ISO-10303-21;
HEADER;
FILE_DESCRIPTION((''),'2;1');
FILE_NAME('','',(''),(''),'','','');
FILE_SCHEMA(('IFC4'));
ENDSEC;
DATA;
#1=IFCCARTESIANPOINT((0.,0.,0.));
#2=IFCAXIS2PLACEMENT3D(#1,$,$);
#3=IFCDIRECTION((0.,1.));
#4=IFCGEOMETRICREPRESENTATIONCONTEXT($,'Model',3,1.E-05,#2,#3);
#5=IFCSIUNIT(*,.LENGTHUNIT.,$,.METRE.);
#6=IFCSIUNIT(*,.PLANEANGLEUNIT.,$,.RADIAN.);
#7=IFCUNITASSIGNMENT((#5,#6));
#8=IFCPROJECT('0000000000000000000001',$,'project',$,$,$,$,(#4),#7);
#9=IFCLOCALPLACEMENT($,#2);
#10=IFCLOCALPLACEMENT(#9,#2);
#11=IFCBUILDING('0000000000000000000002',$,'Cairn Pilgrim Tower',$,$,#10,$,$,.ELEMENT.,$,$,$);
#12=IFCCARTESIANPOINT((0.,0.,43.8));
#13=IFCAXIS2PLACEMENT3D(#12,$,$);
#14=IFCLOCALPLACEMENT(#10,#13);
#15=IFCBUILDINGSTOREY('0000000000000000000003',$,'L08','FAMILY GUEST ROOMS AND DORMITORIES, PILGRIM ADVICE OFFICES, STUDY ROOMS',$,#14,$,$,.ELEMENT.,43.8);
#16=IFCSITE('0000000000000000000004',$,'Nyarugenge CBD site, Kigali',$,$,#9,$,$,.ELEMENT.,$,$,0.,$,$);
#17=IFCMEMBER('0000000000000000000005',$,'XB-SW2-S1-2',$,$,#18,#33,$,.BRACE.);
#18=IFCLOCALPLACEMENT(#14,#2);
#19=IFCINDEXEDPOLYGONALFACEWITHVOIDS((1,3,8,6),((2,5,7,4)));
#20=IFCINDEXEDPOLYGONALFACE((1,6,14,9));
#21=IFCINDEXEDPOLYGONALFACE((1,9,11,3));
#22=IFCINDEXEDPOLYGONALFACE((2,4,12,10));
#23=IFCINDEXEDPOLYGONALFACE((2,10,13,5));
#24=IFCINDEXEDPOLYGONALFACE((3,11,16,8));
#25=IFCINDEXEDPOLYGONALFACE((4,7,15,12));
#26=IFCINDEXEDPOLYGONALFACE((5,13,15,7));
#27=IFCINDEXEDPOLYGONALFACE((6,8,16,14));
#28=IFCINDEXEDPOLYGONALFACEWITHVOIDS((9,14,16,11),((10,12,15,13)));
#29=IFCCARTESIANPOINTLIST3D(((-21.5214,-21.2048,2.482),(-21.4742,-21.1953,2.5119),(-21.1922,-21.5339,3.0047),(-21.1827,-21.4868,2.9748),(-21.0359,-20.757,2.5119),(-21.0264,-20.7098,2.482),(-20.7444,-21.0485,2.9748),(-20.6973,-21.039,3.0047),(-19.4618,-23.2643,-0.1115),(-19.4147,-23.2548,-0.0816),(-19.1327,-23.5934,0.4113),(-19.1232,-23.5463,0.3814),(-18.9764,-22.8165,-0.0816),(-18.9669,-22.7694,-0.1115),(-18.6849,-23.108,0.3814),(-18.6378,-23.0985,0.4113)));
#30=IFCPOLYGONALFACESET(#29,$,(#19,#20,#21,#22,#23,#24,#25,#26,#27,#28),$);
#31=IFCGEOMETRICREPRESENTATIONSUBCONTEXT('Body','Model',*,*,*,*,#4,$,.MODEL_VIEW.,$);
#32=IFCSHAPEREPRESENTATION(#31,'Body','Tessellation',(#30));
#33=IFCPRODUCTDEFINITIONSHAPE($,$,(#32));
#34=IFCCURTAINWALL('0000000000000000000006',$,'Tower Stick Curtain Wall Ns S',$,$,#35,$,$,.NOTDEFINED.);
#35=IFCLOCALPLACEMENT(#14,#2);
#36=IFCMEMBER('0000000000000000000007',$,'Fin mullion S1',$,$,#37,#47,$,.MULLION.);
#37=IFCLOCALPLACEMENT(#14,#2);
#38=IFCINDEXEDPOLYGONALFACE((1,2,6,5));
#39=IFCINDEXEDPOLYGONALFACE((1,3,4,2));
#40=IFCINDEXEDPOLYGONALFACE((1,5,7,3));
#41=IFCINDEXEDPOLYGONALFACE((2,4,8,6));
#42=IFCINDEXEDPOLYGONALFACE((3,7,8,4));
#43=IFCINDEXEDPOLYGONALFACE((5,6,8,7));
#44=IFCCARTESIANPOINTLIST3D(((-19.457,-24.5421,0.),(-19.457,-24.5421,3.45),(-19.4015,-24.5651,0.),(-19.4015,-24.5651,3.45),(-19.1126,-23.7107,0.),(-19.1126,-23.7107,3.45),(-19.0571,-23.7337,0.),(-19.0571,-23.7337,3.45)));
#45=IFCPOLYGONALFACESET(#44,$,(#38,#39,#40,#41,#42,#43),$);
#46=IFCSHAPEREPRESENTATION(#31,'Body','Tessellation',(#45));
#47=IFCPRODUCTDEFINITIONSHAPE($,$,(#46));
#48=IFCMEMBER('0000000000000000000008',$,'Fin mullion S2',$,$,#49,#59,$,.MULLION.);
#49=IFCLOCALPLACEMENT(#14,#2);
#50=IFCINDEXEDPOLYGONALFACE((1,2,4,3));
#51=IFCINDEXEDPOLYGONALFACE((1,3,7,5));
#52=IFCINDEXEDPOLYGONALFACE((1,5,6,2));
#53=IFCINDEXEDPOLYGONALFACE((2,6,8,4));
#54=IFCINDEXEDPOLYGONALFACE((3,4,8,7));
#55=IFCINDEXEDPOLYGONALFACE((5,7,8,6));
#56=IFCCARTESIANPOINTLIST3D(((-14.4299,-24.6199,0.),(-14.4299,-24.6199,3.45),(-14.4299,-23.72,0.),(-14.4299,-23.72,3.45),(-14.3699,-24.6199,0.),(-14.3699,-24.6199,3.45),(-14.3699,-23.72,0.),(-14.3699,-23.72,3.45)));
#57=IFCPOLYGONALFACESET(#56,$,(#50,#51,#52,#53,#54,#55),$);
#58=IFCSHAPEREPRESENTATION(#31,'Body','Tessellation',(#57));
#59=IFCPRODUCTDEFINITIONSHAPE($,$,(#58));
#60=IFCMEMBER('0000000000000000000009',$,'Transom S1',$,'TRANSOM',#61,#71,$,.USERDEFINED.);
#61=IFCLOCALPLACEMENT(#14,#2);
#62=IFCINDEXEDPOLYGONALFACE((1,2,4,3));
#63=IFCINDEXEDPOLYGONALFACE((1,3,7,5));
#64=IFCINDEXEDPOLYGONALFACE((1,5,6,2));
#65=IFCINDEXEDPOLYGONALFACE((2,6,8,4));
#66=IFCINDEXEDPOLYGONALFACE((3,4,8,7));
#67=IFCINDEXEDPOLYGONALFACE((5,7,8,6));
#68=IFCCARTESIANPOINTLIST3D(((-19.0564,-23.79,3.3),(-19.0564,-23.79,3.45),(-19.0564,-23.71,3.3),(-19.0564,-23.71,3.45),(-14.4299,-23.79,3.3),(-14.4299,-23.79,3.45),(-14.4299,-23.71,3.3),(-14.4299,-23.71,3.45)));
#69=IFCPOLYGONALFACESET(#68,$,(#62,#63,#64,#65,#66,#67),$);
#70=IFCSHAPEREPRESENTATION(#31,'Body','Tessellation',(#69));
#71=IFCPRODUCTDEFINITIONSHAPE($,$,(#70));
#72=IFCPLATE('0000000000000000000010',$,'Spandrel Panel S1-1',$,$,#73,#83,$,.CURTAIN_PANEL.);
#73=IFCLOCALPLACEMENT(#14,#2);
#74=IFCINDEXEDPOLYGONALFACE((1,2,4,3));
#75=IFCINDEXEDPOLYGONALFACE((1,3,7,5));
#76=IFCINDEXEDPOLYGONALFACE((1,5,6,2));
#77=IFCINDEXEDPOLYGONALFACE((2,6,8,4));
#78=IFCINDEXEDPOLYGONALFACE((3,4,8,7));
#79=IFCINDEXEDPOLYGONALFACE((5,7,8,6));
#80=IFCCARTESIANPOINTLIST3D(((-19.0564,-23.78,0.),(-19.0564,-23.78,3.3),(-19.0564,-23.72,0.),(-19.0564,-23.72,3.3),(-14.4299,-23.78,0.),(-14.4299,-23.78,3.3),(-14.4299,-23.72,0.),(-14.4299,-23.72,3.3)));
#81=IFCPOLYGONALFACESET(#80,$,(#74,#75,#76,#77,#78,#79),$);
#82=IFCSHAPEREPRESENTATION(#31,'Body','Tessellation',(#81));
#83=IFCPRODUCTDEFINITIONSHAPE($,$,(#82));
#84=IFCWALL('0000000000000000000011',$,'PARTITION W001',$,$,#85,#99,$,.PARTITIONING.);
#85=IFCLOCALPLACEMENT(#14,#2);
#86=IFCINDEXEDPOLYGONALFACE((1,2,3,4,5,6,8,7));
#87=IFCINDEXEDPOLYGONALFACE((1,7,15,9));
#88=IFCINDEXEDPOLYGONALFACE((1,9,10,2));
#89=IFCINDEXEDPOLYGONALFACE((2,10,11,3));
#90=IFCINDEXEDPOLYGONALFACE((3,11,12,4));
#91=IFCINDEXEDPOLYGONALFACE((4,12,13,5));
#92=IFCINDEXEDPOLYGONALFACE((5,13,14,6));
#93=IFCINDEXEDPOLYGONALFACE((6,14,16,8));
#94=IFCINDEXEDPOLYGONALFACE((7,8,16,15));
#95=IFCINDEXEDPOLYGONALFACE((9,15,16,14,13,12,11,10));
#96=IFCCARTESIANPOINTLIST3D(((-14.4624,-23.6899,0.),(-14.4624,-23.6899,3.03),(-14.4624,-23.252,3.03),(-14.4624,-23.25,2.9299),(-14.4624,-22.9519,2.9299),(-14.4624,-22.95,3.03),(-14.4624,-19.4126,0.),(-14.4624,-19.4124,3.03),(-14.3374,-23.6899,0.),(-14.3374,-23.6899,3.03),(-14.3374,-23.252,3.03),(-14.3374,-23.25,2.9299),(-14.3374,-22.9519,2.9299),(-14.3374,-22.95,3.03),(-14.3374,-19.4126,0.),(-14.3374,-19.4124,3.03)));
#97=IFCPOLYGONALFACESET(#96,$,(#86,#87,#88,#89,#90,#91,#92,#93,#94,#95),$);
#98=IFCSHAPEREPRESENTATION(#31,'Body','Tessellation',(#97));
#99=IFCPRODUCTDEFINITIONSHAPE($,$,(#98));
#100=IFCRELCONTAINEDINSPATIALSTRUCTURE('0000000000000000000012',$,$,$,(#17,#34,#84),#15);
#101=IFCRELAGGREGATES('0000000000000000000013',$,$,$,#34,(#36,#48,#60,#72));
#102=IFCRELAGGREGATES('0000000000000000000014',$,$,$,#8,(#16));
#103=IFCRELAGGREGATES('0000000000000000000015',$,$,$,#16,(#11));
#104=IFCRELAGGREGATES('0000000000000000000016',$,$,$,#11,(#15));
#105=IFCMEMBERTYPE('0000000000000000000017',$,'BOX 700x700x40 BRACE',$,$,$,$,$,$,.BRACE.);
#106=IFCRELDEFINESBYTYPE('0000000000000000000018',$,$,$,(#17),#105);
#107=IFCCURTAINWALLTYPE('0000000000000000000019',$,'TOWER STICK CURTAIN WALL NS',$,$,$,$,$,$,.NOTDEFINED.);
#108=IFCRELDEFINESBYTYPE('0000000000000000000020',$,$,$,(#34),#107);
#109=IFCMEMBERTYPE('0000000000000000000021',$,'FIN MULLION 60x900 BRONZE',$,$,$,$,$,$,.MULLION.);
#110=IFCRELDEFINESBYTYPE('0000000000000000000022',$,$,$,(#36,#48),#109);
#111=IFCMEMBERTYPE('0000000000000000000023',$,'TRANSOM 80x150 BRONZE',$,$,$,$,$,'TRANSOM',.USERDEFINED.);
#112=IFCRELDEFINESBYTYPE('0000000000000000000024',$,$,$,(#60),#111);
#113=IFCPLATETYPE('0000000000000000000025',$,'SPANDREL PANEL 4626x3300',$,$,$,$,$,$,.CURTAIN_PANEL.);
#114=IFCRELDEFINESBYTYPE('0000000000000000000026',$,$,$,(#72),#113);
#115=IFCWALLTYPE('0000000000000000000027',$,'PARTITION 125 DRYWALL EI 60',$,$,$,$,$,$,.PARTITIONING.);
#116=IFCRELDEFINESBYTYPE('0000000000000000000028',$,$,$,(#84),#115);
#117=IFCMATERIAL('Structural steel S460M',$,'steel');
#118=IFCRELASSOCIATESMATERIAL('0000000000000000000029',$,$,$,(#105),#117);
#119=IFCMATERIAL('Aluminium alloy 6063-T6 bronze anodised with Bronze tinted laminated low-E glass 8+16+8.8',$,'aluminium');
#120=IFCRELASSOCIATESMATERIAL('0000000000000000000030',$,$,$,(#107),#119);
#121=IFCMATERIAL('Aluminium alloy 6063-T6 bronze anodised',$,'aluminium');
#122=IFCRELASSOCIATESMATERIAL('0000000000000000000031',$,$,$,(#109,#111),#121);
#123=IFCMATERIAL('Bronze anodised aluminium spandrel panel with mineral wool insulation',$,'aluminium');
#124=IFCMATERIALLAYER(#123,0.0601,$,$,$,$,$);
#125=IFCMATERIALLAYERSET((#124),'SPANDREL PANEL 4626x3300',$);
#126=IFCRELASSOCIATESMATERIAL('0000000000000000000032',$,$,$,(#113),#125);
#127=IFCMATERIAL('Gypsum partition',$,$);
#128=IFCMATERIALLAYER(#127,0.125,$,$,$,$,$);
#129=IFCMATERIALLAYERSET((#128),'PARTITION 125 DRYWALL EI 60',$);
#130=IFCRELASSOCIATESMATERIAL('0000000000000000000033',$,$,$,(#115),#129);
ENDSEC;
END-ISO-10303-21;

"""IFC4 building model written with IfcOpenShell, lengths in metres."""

from ifc_helpers import new_model, si_unit, direction, frame, origin, origin_2d, place, context, subcontext, project, spatial, polyline, rectangle, hollow_rectangle, outline, extrude, material, layer, layer_set, material_profile, profile_set, type_object, element, aggregate, save


model = new_model("IFC4")

# Units and contexts
model_context = context("Model", 3, precision=1e-05, world=origin(), true_north=direction((0.0, 1.0)))
body_context = subcontext(model_context, "Body", "Model", "MODEL_VIEW")
ifc_project = project(units=[si_unit("LENGTHUNIT", "METRE"), si_unit("PLANEANGLEUNIT", "RADIAN")], contexts=[model_context])

# Site, building, storey
site_placement = place(None, origin())
site = spatial("IfcSite", under=ifc_project, at=site_placement, Name="Nyarugenge CBD site, Kigali", CompositionType="ELEMENT", RefElevation=0.0)
building_placement = place(site_placement, origin())
building = spatial("IfcBuilding", under=site, at=building_placement, Name="Cairn Pilgrim Tower", CompositionType="ELEMENT")
storey_placement = place(building_placement, frame((0.0, 0.0, 43.8)))
storey = spatial("IfcBuildingStorey", under=building, at=storey_placement, Name="L08", Description="FAMILY GUEST ROOMS AND DORMITORIES, PILGRIM ADVICE OFFICES, STUDY ROOMS", CompositionType="ELEMENT", Elevation=43.8)

# Member
ifc_material_1 = material(Name="Structural steel S460M", Category="steel")
ifc_material_profile_1 = material_profile(ifc_material_1, hollow_rectangle(XDim=0.7, YDim=0.7, WallThickness=0.04, at=origin_2d()), Name="BOX 700x700x40")
ifc_profile_set_1 = profile_set([ifc_material_profile_1], Name="Structural steel S460M")
member_type_1 = type_object("IfcMemberType", Name="BOX 700x700x40 BRACE", PredefinedType="BRACE", material=ifc_profile_set_1)
member_1_placement = place(storey_placement, frame((-19.0498, -23.1814, 0.1499), z_axis=(-0.528096, 0.528096, 0.665003), x_axis=(-0.707107, -0.707107, 0.0)))
element("IfcMember", 1, at=member_1_placement, inside=storey, type_object=member_type_1, Name="XB-SW2-S1-2", PredefinedType="BRACE", context=body_context, shape_type="SweptSolid", body=[
    extrude(hollow_rectangle(XDim=0.7, YDim=0.7, WallThickness=0.04, at=origin_2d()), origin(), (0.0, 0.0, 1.0), 3.8999),
])

# Curtain wall, members, plate
ifc_material_2 = material(Name="Aluminium alloy 6063-T6 bronze anodised with Bronze tinted laminated low-E glass 8+16+8.8", Category="aluminium")
curtain_wall_type = type_object("IfcCurtainWallType", Name="TOWER STICK CURTAIN WALL NS", PredefinedType="NOTDEFINED", material=ifc_material_2)
curtain_wall_placement = place(storey_placement, origin())
curtain_wall = element("IfcCurtainWall", 2, at=curtain_wall_placement, inside=storey, type_object=curtain_wall_type, Name="Tower Stick Curtain Wall Ns S", PredefinedType="NOTDEFINED")
ifc_material_3 = material(Name="Aluminium alloy 6063-T6 bronze anodised", Category="aluminium")
ifc_material_profile_2 = material_profile(ifc_material_3, rectangle(XDim=0.8999, YDim=0.0601, at=origin_2d()), Name="FIN MULLION 60x900 BRONZE")
ifc_profile_set_2 = profile_set([ifc_material_profile_2], Name="Aluminium alloy 6063-T6 bronze anodised")
member_type_2 = type_object("IfcMemberType", Name="FIN MULLION 60x900 BRONZE", PredefinedType="MULLION", material=ifc_profile_set_2)
member_2_placement = place(storey_placement, frame((-19.2571, -24.1379, 0.0), z_axis=(0.0, 0.0, 1.0), x_axis=(-0.382683, -0.92388, 0.0)))
member_2 = element("IfcMember", 3, at=member_2_placement, type_object=member_type_2, Name="Fin mullion S1", PredefinedType="MULLION", context=body_context, shape_type="SweptSolid", body=[
    extrude(rectangle(XDim=0.8999, YDim=0.0601, at=origin_2d()), origin(), (0.0, 0.0, 1.0), 3.45),
])
member_3_placement = place(storey_placement, frame((-14.3999, -24.1699, 0.0), z_axis=(0.0, 0.0, 1.0), x_axis=(0.0, -1.0, 0.0)))
member_3 = element("IfcMember", 4, at=member_3_placement, type_object=member_type_2, Name="Fin mullion S2", PredefinedType="MULLION", context=body_context, shape_type="SweptSolid", body=[
    extrude(rectangle(XDim=0.8999, YDim=0.0601, at=origin_2d()), origin(), (0.0, 0.0, 1.0), 3.45),
])
ifc_material_profile_3 = material_profile(ifc_material_3, rectangle(XDim=0.0801, YDim=0.1499, at=origin_2d()), Name="TRANSOM 80x150 BRONZE")
ifc_profile_set_3 = profile_set([ifc_material_profile_3], Name="Aluminium alloy 6063-T6 bronze anodised")
member_type_3 = type_object("IfcMemberType", Name="TRANSOM 80x150 BRONZE", ElementType="TRANSOM", PredefinedType="USERDEFINED", material=ifc_profile_set_3)
member_4_placement = place(storey_placement, frame((-19.0564, -23.75, 3.375), z_axis=(1.0, 0.0, 0.0), x_axis=(0.0, 1.0, 0.0)))
member_4 = element("IfcMember", 5, at=member_4_placement, type_object=member_type_3, Name="Transom S1", ObjectType="TRANSOM", PredefinedType="USERDEFINED", context=body_context, shape_type="SweptSolid", body=[
    extrude(rectangle(XDim=0.0801, YDim=0.1499, at=origin_2d()), origin(), (0.0, 0.0, 1.0), 4.6265),
])
ifc_material_4 = material(Name="Bronze anodised aluminium spandrel panel with mineral wool insulation", Category="aluminium")
ifc_layer_1 = layer(ifc_material_4, 0.0601)
ifc_layer_set_1 = layer_set([ifc_layer_1], Name="SPANDREL PANEL 4626x3300")
plate_type = type_object("IfcPlateType", Name="SPANDREL PANEL 4626x3300", PredefinedType="CURTAIN_PANEL", material=ifc_layer_set_1)
plate_placement = place(storey_placement, frame((-16.7432, -23.75, 0.0), z_axis=(0.0, 0.0, 1.0), x_axis=(1.0, 0.0, 0.0)))
plate = element("IfcPlate", 6, at=plate_placement, type_object=plate_type, Name="Spandrel Panel S1-1", PredefinedType="CURTAIN_PANEL", context=body_context, shape_type="SweptSolid", body=[
    extrude(rectangle(XDim=4.6265, YDim=0.0601, at=origin_2d()), origin(), (0.0, 0.0, 1.0), 3.3),
])
aggregate(curtain_wall, [member_2, member_3, member_4, plate])

# Wall
ifc_material_5 = material(Name="Gypsum partition")
ifc_layer_2 = layer(ifc_material_5, 0.125)
ifc_layer_set_2 = layer_set([ifc_layer_2], Name="PARTITION 125 DRYWALL EI 60")
wall_type = type_object("IfcWallType", Name="PARTITION 125 DRYWALL EI 60", PredefinedType="PARTITIONING", material=ifc_layer_set_2)
wall_placement = place(storey_placement, frame((-14.3999, -23.6899, 0.0), z_axis=(0.0, 0.0, 1.0), x_axis=(0.0, 1.0, 0.0)))
element("IfcWall", 7, at=wall_placement, inside=storey, type_object=wall_type, Name="PARTITION W001", PredefinedType="PARTITIONING", context=body_context, shape_type="SweptSolid", body=[
    extrude(outline(polyline([(0.0, 0.0), (4.2773, 0.0), (4.2776, 3.03), (0.74, 3.03), (0.738, 2.9299), (0.4399, 2.9299), (0.438, 3.03), (0.0, 3.03), (0.0, 0.0)])), frame((0.0, 0.0625, 0.0), z_axis=(0.0, -1.0, 0.0), x_axis=(1.0, 0.0, 0.0)), (0.0, 0.0, 1.0), 0.125),
])

save(model, "model.ifc")
